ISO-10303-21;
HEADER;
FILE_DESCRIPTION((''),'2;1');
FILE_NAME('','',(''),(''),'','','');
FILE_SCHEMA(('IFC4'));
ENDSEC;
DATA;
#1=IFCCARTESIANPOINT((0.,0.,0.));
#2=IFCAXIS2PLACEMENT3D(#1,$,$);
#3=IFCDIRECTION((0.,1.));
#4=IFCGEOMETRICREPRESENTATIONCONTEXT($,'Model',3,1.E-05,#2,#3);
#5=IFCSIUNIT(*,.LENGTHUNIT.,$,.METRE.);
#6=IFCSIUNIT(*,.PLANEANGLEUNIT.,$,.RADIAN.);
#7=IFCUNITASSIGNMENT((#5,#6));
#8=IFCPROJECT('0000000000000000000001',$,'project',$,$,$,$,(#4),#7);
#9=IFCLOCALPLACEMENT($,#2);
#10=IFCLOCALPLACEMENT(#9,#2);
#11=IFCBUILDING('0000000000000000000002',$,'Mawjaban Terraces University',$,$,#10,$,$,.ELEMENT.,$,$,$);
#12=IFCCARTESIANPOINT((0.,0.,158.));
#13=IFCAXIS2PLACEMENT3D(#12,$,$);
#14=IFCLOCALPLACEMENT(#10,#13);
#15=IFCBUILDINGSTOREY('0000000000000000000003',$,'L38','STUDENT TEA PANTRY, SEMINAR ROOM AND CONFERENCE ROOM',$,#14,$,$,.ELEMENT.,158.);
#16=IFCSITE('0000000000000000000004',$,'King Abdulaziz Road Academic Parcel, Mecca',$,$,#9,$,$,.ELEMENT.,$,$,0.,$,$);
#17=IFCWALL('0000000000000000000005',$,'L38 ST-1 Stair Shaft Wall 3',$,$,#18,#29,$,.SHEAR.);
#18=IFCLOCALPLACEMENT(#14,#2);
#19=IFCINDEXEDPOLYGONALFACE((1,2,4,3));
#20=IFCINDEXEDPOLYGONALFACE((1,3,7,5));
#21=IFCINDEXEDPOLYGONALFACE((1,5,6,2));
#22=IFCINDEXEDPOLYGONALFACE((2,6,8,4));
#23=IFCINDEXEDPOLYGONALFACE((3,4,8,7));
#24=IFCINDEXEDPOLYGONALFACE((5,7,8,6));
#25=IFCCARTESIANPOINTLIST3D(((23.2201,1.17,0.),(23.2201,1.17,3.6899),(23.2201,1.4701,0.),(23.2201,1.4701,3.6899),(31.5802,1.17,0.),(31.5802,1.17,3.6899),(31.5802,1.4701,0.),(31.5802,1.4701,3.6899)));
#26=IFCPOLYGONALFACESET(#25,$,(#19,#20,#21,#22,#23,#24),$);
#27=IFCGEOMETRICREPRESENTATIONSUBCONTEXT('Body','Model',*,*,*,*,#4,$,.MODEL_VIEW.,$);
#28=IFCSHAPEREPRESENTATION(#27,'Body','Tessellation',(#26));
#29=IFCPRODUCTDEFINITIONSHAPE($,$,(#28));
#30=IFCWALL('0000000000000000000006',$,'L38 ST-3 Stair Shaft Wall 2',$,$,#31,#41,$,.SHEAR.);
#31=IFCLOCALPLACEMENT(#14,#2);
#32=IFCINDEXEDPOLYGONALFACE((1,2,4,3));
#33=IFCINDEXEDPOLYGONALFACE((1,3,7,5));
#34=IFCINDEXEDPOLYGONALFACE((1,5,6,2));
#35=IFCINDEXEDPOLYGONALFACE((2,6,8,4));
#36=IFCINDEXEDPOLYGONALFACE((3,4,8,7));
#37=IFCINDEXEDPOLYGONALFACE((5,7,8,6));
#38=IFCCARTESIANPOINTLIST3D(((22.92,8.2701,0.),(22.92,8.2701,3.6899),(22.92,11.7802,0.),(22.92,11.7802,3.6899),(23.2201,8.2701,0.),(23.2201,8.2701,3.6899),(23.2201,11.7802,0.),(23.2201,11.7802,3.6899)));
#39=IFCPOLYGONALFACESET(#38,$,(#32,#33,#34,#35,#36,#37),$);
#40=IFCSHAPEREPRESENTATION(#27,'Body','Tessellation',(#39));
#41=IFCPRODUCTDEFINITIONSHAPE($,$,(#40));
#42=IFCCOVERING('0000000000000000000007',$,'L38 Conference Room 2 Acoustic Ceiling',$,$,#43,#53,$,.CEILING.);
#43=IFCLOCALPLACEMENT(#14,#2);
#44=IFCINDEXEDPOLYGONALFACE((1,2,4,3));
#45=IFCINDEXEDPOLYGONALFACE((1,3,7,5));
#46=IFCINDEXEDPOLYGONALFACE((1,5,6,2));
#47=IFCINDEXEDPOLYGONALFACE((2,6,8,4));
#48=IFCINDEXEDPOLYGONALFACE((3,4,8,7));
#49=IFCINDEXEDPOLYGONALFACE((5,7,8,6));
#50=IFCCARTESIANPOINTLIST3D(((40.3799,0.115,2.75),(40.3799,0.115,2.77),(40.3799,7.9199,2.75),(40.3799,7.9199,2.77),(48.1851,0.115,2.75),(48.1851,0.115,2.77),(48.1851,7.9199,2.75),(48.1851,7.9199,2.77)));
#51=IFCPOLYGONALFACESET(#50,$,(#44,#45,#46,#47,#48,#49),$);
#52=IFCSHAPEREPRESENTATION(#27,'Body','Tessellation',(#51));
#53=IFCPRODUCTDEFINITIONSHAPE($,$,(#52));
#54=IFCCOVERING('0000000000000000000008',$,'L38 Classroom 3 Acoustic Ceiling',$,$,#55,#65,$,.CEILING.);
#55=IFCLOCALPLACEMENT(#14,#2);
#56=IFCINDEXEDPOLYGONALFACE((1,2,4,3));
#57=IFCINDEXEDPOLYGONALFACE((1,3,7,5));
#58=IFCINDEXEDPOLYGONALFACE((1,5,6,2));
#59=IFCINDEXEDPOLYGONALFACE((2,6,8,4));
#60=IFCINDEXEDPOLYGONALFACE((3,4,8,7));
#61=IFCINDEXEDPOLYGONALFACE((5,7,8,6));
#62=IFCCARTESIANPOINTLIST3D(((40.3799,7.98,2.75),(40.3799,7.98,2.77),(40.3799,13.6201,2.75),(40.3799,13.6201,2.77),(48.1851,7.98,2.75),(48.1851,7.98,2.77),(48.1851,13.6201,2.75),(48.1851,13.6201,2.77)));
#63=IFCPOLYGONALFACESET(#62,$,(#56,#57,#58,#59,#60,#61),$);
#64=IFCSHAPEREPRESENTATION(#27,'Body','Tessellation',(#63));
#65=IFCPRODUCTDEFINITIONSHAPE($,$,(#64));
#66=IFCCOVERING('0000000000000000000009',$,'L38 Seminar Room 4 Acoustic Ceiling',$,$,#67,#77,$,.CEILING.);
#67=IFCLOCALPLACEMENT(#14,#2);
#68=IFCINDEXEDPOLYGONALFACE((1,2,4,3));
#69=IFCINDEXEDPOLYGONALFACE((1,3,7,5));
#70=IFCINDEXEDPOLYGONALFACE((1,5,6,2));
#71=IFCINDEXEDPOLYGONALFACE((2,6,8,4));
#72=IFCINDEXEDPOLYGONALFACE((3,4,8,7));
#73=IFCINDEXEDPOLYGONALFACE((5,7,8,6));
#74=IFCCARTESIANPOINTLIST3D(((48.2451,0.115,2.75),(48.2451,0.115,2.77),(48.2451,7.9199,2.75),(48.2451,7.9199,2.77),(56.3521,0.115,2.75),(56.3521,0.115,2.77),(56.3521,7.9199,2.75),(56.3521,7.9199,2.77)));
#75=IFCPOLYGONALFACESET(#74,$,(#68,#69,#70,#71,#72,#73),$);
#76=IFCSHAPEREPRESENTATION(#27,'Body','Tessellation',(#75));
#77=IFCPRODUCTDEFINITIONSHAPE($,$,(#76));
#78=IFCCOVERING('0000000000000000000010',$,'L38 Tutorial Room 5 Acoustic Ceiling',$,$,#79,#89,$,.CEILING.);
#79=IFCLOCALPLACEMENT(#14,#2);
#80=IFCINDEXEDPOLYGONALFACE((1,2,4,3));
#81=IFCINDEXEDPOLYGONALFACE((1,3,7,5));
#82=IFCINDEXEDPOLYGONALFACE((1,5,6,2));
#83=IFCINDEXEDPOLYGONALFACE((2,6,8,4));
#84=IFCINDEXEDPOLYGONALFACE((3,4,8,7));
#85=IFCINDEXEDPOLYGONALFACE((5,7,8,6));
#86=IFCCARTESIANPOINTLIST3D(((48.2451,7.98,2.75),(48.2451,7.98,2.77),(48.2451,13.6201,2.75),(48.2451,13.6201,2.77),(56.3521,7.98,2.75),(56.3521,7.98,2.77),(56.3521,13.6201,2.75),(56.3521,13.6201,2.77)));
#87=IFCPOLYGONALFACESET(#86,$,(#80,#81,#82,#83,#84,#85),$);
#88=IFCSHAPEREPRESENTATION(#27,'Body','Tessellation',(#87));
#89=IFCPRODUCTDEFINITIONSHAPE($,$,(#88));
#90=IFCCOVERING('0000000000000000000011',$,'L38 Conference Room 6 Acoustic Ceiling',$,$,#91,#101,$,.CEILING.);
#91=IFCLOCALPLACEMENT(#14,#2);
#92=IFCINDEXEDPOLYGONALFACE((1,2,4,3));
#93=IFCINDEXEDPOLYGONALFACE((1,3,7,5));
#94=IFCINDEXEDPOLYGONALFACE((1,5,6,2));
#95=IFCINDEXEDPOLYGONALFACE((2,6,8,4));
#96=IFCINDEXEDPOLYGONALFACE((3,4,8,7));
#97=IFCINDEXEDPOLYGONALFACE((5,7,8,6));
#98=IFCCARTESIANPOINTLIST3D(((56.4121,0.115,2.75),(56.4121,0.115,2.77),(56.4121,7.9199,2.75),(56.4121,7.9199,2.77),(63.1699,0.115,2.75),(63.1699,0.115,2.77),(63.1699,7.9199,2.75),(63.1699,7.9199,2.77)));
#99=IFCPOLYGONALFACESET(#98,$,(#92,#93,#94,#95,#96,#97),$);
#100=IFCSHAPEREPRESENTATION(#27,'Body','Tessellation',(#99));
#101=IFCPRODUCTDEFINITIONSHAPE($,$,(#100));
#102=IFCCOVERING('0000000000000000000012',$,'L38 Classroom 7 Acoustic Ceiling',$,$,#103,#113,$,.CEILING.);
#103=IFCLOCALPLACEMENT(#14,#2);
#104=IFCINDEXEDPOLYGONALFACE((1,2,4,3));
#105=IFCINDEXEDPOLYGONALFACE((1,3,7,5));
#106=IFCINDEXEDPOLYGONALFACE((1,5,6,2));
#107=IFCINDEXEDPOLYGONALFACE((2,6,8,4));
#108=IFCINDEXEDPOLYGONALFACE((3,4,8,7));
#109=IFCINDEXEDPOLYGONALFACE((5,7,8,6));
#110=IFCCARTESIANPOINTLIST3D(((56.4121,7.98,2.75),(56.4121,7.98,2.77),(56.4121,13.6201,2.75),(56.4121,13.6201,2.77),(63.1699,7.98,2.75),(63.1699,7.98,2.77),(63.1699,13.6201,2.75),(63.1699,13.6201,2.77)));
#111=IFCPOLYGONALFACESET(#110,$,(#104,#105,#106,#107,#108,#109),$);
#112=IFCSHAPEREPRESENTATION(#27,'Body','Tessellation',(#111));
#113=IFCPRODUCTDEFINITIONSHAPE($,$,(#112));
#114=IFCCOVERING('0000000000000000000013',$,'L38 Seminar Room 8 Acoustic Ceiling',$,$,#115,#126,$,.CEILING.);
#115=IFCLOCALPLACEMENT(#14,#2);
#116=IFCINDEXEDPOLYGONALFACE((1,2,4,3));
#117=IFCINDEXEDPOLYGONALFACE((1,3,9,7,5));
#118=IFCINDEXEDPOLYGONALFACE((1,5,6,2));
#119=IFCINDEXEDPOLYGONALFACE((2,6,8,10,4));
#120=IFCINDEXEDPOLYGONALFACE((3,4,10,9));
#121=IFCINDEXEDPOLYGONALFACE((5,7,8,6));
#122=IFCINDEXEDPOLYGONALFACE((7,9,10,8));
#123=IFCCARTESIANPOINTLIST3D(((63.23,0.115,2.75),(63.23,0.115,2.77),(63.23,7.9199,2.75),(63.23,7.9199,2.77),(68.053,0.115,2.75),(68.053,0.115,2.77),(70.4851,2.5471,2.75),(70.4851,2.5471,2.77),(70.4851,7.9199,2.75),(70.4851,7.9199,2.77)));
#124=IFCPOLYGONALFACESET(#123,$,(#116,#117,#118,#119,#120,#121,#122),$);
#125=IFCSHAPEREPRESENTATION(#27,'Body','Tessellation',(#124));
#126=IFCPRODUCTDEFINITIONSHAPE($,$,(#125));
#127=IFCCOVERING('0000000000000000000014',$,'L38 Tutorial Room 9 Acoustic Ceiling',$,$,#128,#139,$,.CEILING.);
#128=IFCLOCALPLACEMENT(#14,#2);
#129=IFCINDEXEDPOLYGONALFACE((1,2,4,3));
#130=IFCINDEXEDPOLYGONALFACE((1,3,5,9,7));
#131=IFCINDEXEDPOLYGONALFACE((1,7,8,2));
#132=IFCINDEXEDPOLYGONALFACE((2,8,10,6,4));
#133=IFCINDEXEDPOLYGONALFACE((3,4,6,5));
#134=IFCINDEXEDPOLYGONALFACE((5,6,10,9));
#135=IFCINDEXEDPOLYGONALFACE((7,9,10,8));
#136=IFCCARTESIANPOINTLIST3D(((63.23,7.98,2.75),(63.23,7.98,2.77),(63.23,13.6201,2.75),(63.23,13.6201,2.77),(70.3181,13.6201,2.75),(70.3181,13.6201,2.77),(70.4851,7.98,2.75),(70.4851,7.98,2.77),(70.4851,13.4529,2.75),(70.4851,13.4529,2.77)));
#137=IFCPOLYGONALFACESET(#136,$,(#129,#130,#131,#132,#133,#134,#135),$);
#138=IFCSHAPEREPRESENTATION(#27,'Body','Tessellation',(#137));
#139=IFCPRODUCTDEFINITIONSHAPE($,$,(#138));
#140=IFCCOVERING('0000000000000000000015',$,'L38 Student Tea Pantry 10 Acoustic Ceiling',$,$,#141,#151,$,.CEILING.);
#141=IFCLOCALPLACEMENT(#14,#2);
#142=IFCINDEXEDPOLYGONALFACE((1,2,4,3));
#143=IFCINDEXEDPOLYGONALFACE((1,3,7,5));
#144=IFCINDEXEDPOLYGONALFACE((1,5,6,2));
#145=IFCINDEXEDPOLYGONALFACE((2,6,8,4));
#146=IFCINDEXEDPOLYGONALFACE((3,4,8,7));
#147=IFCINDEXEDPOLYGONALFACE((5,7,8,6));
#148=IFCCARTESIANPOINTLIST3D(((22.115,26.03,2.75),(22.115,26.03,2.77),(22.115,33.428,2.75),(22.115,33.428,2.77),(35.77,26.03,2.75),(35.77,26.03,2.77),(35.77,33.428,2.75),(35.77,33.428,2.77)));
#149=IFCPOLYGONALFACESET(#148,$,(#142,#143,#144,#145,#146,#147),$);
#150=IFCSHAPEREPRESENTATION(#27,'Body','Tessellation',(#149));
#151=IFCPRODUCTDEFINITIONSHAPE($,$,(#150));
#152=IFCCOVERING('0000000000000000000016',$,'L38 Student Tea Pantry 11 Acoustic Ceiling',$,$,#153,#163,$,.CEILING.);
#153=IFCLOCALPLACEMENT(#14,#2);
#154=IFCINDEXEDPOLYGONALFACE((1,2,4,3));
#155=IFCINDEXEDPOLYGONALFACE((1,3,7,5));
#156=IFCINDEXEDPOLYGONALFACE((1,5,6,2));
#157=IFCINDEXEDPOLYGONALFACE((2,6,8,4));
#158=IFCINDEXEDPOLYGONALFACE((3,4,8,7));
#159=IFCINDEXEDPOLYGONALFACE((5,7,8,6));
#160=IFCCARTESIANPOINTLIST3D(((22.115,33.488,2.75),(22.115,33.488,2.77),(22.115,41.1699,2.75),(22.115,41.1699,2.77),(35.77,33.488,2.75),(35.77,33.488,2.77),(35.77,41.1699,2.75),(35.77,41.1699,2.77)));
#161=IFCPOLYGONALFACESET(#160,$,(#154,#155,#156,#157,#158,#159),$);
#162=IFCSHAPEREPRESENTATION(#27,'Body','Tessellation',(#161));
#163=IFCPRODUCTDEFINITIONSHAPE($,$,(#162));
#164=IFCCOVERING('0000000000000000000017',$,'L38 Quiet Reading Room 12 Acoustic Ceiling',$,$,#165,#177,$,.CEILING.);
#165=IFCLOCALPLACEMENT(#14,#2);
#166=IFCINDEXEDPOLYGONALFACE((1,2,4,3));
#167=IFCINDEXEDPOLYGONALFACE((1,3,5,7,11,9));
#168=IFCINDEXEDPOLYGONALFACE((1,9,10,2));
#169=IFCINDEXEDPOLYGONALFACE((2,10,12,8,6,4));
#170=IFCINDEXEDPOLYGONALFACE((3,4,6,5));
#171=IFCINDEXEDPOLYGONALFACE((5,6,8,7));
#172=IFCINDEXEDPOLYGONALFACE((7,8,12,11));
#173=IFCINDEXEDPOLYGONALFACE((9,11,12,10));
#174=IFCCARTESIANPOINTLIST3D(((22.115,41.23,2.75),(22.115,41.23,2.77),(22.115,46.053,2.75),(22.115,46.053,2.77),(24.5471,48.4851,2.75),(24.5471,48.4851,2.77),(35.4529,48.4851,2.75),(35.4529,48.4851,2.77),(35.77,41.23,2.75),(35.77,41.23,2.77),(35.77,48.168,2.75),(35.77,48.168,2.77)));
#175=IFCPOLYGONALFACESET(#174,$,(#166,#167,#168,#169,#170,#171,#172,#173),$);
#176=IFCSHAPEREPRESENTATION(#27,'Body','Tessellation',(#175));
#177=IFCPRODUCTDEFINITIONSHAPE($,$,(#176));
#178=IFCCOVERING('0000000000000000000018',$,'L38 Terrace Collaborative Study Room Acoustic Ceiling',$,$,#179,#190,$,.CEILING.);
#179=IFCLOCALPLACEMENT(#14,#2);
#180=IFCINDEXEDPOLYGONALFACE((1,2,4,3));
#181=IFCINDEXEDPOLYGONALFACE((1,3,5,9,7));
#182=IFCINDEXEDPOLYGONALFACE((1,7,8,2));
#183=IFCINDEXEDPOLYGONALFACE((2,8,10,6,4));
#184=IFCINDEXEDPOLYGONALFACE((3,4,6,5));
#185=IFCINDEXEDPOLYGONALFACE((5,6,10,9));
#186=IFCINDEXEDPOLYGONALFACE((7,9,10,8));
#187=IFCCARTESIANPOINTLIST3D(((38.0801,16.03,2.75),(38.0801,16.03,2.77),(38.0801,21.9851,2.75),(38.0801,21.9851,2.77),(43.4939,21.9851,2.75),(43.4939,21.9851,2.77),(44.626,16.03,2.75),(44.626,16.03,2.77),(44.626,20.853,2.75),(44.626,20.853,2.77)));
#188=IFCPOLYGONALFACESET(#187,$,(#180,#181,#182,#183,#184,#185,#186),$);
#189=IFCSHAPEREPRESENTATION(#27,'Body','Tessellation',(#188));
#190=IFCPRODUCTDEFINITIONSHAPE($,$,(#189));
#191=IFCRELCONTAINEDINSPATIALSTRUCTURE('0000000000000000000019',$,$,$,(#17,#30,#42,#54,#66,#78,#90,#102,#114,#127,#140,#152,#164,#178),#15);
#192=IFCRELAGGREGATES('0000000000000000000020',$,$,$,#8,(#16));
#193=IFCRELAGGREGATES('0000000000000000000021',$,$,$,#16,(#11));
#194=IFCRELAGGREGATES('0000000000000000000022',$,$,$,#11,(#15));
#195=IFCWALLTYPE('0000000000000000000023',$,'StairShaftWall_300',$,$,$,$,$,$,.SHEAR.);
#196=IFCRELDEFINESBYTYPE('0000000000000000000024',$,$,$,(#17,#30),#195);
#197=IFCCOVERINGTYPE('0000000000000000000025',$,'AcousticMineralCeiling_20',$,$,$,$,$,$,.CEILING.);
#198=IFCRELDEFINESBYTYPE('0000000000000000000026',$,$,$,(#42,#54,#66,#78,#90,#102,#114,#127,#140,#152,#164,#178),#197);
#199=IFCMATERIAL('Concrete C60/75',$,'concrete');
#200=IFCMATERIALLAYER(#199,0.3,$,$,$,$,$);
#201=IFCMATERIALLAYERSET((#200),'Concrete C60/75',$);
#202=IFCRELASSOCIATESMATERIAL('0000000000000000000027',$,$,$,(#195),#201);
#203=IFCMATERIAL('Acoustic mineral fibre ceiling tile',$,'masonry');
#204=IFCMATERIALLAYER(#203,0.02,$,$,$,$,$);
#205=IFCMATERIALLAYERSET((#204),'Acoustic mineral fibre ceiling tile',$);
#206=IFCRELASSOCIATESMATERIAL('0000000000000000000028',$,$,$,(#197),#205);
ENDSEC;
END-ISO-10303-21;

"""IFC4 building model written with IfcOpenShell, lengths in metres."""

from ifc_helpers import new_model, si_unit, direction, frame, frame_2d, origin, place, context, subcontext, project, spatial, polyline, rectangle, outline, extrude, material, layer, layer_set, type_object, element, save


model = new_model("IFC4")

# Units and contexts
model_context = context("Model", 3, precision=1e-05, world=origin(), true_north=direction((0.0, 1.0)))
body_context = subcontext(model_context, "Body", "Model", "MODEL_VIEW")
ifc_project = project(units=[si_unit("LENGTHUNIT", "METRE"), si_unit("PLANEANGLEUNIT", "RADIAN")], contexts=[model_context])

# Site, building, storey
site_placement = place(None, origin())
site = spatial("IfcSite", under=ifc_project, at=site_placement, Name="King Abdulaziz Road Academic Parcel, Mecca", CompositionType="ELEMENT", RefElevation=0.0)
building_placement = place(site_placement, origin())
building = spatial("IfcBuilding", under=site, at=building_placement, Name="Mawjaban Terraces University", CompositionType="ELEMENT")
storey_placement = place(building_placement, frame((0.0, 0.0, 158.0)))
storey = spatial("IfcBuildingStorey", under=building, at=storey_placement, Name="L38", Description="STUDENT TEA PANTRY, SEMINAR ROOM AND CONFERENCE ROOM", CompositionType="ELEMENT", Elevation=158.0)

# Shared definitions
ifc_material_1 = material(Name="Concrete C60/75", Category="concrete")

# Walls
ifc_layer_1 = layer(ifc_material_1, 0.3)
ifc_layer_set_1 = layer_set([ifc_layer_1], Name="Concrete C60/75")
wall_type_1 = type_object("IfcWallType", Name="StairShaftWall_300", PredefinedType="SHEAR", material=ifc_layer_set_1)
wall_1_placement = place(storey_placement, frame((23.22, 1.3201, 0.0), z_axis=(0.0, 0.0, 1.0), x_axis=(1.0, 0.0, 0.0)))
element("IfcWall", 1, at=wall_1_placement, inside=storey, type_object=wall_type_1, Name="L38 ST-1 Stair Shaft Wall 3", PredefinedType="SHEAR", context=body_context, shape_type="SweptSolid", body=[
    extrude(rectangle(XDim=8.3601, YDim=0.3, at=frame_2d((4.1802, 0.0))), origin(), (0.0, 0.0, 1.0), 3.6899),
])
wall_2_placement = place(storey_placement, frame((23.0701, 11.78, 0.0), z_axis=(0.0, 0.0, 1.0), x_axis=(0.0, -1.0, 0.0)))
element("IfcWall", 2, at=wall_2_placement, inside=storey, type_object=wall_type_1, Name="L38 ST-3 Stair Shaft Wall 2", PredefinedType="SHEAR", context=body_context, shape_type="SweptSolid", body=[
    extrude(rectangle(XDim=3.51, YDim=0.3, at=frame_2d((1.7549, 0.0))), origin(), (0.0, 0.0, 1.0), 3.6899),
])

# Coverings
ifc_material_2 = material(Name="Acoustic mineral fibre ceiling tile", Category="masonry")
ifc_layer_2 = layer(ifc_material_2, 0.02)
ifc_layer_set_2 = layer_set([ifc_layer_2], Name="Acoustic mineral fibre ceiling tile")
covering_type_1 = type_object("IfcCoveringType", Name="AcousticMineralCeiling_20", PredefinedType="CEILING", material=ifc_layer_set_2)
covering_1_placement = place(storey_placement, frame((0.0, 0.0, 2.75)))
element("IfcCovering", 3, at=covering_1_placement, inside=storey, type_object=covering_type_1, Name="L38 Conference Room 2 Acoustic Ceiling", PredefinedType="CEILING", context=body_context, shape_type="SweptSolid", body=[
    extrude(outline(polyline([(40.3799, 0.115), (48.1851, 0.115), (48.1851, 7.9199), (40.3799, 7.9199), (40.3799, 0.115)])), origin(), (0.0, 0.0, 1.0), 0.02),
])
covering_2_placement = place(storey_placement, frame((0.0, 0.0, 2.75)))
element("IfcCovering", 4, at=covering_2_placement, inside=storey, type_object=covering_type_1, Name="L38 Classroom 3 Acoustic Ceiling", PredefinedType="CEILING", context=body_context, shape_type="SweptSolid", body=[
    extrude(outline(polyline([(48.1851, 7.98), (48.1851, 13.6201), (40.3799, 13.6201), (40.3799, 7.98), (48.1851, 7.98)])), origin(), (0.0, 0.0, 1.0), 0.02),
])
covering_3_placement = place(storey_placement, frame((0.0, 0.0, 2.75)))
element("IfcCovering", 5, at=covering_3_placement, inside=storey, type_object=covering_type_1, Name="L38 Seminar Room 4 Acoustic Ceiling", PredefinedType="CEILING", context=body_context, shape_type="SweptSolid", body=[
    extrude(outline(polyline([(48.2451, 0.115), (56.3521, 0.115), (56.3521, 7.9199), (48.2451, 7.9199), (48.2451, 0.115)])), origin(), (0.0, 0.0, 1.0), 0.02),
])
covering_4_placement = place(storey_placement, frame((0.0, 0.0, 2.75)))
element("IfcCovering", 6, at=covering_4_placement, inside=storey, type_object=covering_type_1, Name="L38 Tutorial Room 5 Acoustic Ceiling", PredefinedType="CEILING", context=body_context, shape_type="SweptSolid", body=[
    extrude(outline(polyline([(56.3521, 7.98), (56.3521, 13.6201), (48.2451, 13.6201), (48.2451, 7.98), (56.3521, 7.98)])), origin(), (0.0, 0.0, 1.0), 0.02),
])
covering_5_placement = place(storey_placement, frame((0.0, 0.0, 2.75)))
element("IfcCovering", 7, at=covering_5_placement, inside=storey, type_object=covering_type_1, Name="L38 Conference Room 6 Acoustic Ceiling", PredefinedType="CEILING", context=body_context, shape_type="SweptSolid", body=[
    extrude(outline(polyline([(56.4121, 0.115), (63.1699, 0.115), (63.1699, 7.9199), (56.4121, 7.9199), (56.4121, 0.115)])), origin(), (0.0, 0.0, 1.0), 0.02),
])
covering_6_placement = place(storey_placement, frame((0.0, 0.0, 2.75)))
element("IfcCovering", 8, at=covering_6_placement, inside=storey, type_object=covering_type_1, Name="L38 Classroom 7 Acoustic Ceiling", PredefinedType="CEILING", context=body_context, shape_type="SweptSolid", body=[
    extrude(outline(polyline([(63.1699, 7.98), (63.1699, 13.6201), (56.4121, 13.6201), (56.4121, 7.98), (63.1699, 7.98)])), origin(), (0.0, 0.0, 1.0), 0.02),
])
covering_7_placement = place(storey_placement, frame((0.0, 0.0, 2.75)))
element("IfcCovering", 9, at=covering_7_placement, inside=storey, type_object=covering_type_1, Name="L38 Seminar Room 8 Acoustic Ceiling", PredefinedType="CEILING", context=body_context, shape_type="SweptSolid", body=[
    extrude(outline(polyline([(63.23, 0.115), (68.053, 0.115), (70.4851, 2.5471), (70.4851, 7.9199), (63.23, 7.9199), (63.23, 0.115)])), origin(), (0.0, 0.0, 1.0), 0.02),
])
covering_8_placement = place(storey_placement, frame((0.0, 0.0, 2.75)))
element("IfcCovering", 10, at=covering_8_placement, inside=storey, type_object=covering_type_1, Name="L38 Tutorial Room 9 Acoustic Ceiling", PredefinedType="CEILING", context=body_context, shape_type="SweptSolid", body=[
    extrude(outline(polyline([(70.4851, 7.98), (70.4851, 13.4529), (70.3181, 13.6201), (63.23, 13.6201), (63.23, 7.98), (70.4851, 7.98)])), origin(), (0.0, 0.0, 1.0), 0.02),
])
covering_9_placement = place(storey_placement, frame((0.0, 0.0, 2.75)))
element("IfcCovering", 11, at=covering_9_placement, inside=storey, type_object=covering_type_1, Name="L38 Student Tea Pantry 10 Acoustic Ceiling", PredefinedType="CEILING", context=body_context, shape_type="SweptSolid", body=[
    extrude(outline(polyline([(22.115, 33.428), (22.115, 26.03), (35.77, 26.03), (35.77, 33.428), (22.115, 33.428)])), origin(), (0.0, 0.0, 1.0), 0.02),
])
covering_10_placement = place(storey_placement, frame((0.0, 0.0, 2.75)))
element("IfcCovering", 12, at=covering_10_placement, inside=storey, type_object=covering_type_1, Name="L38 Student Tea Pantry 11 Acoustic Ceiling", PredefinedType="CEILING", context=body_context, shape_type="SweptSolid", body=[
    extrude(outline(polyline([(22.115, 41.1699), (22.115, 33.488), (35.77, 33.488), (35.77, 41.1699), (22.115, 41.1699)])), origin(), (0.0, 0.0, 1.0), 0.02),
])
covering_11_placement = place(storey_placement, frame((0.0, 0.0, 2.75)))
element("IfcCovering", 13, at=covering_11_placement, inside=storey, type_object=covering_type_1, Name="L38 Quiet Reading Room 12 Acoustic Ceiling", PredefinedType="CEILING", context=body_context, shape_type="SweptSolid", body=[
    extrude(outline(polyline([(35.77, 48.168), (35.4529, 48.4851), (24.5471, 48.4851), (22.115, 46.053), (22.115, 41.23), (35.77, 41.23), (35.77, 48.168)])), origin(), (0.0, 0.0, 1.0), 0.02),
])
covering_12_placement = place(storey_placement, frame((0.0, 0.0, 2.75)))
element("IfcCovering", 14, at=covering_12_placement, inside=storey, type_object=covering_type_1, Name="L38 Terrace Collaborative Study Room Acoustic Ceiling", PredefinedType="CEILING", context=body_context, shape_type="SweptSolid", body=[
    extrude(outline(polyline([(44.626, 16.03), (44.626, 20.853), (43.4939, 21.9851), (38.0801, 21.9851), (38.0801, 16.03), (44.626, 16.03)])), origin(), (0.0, 0.0, 1.0), 0.02),
])

save(model, "model.ifc")
